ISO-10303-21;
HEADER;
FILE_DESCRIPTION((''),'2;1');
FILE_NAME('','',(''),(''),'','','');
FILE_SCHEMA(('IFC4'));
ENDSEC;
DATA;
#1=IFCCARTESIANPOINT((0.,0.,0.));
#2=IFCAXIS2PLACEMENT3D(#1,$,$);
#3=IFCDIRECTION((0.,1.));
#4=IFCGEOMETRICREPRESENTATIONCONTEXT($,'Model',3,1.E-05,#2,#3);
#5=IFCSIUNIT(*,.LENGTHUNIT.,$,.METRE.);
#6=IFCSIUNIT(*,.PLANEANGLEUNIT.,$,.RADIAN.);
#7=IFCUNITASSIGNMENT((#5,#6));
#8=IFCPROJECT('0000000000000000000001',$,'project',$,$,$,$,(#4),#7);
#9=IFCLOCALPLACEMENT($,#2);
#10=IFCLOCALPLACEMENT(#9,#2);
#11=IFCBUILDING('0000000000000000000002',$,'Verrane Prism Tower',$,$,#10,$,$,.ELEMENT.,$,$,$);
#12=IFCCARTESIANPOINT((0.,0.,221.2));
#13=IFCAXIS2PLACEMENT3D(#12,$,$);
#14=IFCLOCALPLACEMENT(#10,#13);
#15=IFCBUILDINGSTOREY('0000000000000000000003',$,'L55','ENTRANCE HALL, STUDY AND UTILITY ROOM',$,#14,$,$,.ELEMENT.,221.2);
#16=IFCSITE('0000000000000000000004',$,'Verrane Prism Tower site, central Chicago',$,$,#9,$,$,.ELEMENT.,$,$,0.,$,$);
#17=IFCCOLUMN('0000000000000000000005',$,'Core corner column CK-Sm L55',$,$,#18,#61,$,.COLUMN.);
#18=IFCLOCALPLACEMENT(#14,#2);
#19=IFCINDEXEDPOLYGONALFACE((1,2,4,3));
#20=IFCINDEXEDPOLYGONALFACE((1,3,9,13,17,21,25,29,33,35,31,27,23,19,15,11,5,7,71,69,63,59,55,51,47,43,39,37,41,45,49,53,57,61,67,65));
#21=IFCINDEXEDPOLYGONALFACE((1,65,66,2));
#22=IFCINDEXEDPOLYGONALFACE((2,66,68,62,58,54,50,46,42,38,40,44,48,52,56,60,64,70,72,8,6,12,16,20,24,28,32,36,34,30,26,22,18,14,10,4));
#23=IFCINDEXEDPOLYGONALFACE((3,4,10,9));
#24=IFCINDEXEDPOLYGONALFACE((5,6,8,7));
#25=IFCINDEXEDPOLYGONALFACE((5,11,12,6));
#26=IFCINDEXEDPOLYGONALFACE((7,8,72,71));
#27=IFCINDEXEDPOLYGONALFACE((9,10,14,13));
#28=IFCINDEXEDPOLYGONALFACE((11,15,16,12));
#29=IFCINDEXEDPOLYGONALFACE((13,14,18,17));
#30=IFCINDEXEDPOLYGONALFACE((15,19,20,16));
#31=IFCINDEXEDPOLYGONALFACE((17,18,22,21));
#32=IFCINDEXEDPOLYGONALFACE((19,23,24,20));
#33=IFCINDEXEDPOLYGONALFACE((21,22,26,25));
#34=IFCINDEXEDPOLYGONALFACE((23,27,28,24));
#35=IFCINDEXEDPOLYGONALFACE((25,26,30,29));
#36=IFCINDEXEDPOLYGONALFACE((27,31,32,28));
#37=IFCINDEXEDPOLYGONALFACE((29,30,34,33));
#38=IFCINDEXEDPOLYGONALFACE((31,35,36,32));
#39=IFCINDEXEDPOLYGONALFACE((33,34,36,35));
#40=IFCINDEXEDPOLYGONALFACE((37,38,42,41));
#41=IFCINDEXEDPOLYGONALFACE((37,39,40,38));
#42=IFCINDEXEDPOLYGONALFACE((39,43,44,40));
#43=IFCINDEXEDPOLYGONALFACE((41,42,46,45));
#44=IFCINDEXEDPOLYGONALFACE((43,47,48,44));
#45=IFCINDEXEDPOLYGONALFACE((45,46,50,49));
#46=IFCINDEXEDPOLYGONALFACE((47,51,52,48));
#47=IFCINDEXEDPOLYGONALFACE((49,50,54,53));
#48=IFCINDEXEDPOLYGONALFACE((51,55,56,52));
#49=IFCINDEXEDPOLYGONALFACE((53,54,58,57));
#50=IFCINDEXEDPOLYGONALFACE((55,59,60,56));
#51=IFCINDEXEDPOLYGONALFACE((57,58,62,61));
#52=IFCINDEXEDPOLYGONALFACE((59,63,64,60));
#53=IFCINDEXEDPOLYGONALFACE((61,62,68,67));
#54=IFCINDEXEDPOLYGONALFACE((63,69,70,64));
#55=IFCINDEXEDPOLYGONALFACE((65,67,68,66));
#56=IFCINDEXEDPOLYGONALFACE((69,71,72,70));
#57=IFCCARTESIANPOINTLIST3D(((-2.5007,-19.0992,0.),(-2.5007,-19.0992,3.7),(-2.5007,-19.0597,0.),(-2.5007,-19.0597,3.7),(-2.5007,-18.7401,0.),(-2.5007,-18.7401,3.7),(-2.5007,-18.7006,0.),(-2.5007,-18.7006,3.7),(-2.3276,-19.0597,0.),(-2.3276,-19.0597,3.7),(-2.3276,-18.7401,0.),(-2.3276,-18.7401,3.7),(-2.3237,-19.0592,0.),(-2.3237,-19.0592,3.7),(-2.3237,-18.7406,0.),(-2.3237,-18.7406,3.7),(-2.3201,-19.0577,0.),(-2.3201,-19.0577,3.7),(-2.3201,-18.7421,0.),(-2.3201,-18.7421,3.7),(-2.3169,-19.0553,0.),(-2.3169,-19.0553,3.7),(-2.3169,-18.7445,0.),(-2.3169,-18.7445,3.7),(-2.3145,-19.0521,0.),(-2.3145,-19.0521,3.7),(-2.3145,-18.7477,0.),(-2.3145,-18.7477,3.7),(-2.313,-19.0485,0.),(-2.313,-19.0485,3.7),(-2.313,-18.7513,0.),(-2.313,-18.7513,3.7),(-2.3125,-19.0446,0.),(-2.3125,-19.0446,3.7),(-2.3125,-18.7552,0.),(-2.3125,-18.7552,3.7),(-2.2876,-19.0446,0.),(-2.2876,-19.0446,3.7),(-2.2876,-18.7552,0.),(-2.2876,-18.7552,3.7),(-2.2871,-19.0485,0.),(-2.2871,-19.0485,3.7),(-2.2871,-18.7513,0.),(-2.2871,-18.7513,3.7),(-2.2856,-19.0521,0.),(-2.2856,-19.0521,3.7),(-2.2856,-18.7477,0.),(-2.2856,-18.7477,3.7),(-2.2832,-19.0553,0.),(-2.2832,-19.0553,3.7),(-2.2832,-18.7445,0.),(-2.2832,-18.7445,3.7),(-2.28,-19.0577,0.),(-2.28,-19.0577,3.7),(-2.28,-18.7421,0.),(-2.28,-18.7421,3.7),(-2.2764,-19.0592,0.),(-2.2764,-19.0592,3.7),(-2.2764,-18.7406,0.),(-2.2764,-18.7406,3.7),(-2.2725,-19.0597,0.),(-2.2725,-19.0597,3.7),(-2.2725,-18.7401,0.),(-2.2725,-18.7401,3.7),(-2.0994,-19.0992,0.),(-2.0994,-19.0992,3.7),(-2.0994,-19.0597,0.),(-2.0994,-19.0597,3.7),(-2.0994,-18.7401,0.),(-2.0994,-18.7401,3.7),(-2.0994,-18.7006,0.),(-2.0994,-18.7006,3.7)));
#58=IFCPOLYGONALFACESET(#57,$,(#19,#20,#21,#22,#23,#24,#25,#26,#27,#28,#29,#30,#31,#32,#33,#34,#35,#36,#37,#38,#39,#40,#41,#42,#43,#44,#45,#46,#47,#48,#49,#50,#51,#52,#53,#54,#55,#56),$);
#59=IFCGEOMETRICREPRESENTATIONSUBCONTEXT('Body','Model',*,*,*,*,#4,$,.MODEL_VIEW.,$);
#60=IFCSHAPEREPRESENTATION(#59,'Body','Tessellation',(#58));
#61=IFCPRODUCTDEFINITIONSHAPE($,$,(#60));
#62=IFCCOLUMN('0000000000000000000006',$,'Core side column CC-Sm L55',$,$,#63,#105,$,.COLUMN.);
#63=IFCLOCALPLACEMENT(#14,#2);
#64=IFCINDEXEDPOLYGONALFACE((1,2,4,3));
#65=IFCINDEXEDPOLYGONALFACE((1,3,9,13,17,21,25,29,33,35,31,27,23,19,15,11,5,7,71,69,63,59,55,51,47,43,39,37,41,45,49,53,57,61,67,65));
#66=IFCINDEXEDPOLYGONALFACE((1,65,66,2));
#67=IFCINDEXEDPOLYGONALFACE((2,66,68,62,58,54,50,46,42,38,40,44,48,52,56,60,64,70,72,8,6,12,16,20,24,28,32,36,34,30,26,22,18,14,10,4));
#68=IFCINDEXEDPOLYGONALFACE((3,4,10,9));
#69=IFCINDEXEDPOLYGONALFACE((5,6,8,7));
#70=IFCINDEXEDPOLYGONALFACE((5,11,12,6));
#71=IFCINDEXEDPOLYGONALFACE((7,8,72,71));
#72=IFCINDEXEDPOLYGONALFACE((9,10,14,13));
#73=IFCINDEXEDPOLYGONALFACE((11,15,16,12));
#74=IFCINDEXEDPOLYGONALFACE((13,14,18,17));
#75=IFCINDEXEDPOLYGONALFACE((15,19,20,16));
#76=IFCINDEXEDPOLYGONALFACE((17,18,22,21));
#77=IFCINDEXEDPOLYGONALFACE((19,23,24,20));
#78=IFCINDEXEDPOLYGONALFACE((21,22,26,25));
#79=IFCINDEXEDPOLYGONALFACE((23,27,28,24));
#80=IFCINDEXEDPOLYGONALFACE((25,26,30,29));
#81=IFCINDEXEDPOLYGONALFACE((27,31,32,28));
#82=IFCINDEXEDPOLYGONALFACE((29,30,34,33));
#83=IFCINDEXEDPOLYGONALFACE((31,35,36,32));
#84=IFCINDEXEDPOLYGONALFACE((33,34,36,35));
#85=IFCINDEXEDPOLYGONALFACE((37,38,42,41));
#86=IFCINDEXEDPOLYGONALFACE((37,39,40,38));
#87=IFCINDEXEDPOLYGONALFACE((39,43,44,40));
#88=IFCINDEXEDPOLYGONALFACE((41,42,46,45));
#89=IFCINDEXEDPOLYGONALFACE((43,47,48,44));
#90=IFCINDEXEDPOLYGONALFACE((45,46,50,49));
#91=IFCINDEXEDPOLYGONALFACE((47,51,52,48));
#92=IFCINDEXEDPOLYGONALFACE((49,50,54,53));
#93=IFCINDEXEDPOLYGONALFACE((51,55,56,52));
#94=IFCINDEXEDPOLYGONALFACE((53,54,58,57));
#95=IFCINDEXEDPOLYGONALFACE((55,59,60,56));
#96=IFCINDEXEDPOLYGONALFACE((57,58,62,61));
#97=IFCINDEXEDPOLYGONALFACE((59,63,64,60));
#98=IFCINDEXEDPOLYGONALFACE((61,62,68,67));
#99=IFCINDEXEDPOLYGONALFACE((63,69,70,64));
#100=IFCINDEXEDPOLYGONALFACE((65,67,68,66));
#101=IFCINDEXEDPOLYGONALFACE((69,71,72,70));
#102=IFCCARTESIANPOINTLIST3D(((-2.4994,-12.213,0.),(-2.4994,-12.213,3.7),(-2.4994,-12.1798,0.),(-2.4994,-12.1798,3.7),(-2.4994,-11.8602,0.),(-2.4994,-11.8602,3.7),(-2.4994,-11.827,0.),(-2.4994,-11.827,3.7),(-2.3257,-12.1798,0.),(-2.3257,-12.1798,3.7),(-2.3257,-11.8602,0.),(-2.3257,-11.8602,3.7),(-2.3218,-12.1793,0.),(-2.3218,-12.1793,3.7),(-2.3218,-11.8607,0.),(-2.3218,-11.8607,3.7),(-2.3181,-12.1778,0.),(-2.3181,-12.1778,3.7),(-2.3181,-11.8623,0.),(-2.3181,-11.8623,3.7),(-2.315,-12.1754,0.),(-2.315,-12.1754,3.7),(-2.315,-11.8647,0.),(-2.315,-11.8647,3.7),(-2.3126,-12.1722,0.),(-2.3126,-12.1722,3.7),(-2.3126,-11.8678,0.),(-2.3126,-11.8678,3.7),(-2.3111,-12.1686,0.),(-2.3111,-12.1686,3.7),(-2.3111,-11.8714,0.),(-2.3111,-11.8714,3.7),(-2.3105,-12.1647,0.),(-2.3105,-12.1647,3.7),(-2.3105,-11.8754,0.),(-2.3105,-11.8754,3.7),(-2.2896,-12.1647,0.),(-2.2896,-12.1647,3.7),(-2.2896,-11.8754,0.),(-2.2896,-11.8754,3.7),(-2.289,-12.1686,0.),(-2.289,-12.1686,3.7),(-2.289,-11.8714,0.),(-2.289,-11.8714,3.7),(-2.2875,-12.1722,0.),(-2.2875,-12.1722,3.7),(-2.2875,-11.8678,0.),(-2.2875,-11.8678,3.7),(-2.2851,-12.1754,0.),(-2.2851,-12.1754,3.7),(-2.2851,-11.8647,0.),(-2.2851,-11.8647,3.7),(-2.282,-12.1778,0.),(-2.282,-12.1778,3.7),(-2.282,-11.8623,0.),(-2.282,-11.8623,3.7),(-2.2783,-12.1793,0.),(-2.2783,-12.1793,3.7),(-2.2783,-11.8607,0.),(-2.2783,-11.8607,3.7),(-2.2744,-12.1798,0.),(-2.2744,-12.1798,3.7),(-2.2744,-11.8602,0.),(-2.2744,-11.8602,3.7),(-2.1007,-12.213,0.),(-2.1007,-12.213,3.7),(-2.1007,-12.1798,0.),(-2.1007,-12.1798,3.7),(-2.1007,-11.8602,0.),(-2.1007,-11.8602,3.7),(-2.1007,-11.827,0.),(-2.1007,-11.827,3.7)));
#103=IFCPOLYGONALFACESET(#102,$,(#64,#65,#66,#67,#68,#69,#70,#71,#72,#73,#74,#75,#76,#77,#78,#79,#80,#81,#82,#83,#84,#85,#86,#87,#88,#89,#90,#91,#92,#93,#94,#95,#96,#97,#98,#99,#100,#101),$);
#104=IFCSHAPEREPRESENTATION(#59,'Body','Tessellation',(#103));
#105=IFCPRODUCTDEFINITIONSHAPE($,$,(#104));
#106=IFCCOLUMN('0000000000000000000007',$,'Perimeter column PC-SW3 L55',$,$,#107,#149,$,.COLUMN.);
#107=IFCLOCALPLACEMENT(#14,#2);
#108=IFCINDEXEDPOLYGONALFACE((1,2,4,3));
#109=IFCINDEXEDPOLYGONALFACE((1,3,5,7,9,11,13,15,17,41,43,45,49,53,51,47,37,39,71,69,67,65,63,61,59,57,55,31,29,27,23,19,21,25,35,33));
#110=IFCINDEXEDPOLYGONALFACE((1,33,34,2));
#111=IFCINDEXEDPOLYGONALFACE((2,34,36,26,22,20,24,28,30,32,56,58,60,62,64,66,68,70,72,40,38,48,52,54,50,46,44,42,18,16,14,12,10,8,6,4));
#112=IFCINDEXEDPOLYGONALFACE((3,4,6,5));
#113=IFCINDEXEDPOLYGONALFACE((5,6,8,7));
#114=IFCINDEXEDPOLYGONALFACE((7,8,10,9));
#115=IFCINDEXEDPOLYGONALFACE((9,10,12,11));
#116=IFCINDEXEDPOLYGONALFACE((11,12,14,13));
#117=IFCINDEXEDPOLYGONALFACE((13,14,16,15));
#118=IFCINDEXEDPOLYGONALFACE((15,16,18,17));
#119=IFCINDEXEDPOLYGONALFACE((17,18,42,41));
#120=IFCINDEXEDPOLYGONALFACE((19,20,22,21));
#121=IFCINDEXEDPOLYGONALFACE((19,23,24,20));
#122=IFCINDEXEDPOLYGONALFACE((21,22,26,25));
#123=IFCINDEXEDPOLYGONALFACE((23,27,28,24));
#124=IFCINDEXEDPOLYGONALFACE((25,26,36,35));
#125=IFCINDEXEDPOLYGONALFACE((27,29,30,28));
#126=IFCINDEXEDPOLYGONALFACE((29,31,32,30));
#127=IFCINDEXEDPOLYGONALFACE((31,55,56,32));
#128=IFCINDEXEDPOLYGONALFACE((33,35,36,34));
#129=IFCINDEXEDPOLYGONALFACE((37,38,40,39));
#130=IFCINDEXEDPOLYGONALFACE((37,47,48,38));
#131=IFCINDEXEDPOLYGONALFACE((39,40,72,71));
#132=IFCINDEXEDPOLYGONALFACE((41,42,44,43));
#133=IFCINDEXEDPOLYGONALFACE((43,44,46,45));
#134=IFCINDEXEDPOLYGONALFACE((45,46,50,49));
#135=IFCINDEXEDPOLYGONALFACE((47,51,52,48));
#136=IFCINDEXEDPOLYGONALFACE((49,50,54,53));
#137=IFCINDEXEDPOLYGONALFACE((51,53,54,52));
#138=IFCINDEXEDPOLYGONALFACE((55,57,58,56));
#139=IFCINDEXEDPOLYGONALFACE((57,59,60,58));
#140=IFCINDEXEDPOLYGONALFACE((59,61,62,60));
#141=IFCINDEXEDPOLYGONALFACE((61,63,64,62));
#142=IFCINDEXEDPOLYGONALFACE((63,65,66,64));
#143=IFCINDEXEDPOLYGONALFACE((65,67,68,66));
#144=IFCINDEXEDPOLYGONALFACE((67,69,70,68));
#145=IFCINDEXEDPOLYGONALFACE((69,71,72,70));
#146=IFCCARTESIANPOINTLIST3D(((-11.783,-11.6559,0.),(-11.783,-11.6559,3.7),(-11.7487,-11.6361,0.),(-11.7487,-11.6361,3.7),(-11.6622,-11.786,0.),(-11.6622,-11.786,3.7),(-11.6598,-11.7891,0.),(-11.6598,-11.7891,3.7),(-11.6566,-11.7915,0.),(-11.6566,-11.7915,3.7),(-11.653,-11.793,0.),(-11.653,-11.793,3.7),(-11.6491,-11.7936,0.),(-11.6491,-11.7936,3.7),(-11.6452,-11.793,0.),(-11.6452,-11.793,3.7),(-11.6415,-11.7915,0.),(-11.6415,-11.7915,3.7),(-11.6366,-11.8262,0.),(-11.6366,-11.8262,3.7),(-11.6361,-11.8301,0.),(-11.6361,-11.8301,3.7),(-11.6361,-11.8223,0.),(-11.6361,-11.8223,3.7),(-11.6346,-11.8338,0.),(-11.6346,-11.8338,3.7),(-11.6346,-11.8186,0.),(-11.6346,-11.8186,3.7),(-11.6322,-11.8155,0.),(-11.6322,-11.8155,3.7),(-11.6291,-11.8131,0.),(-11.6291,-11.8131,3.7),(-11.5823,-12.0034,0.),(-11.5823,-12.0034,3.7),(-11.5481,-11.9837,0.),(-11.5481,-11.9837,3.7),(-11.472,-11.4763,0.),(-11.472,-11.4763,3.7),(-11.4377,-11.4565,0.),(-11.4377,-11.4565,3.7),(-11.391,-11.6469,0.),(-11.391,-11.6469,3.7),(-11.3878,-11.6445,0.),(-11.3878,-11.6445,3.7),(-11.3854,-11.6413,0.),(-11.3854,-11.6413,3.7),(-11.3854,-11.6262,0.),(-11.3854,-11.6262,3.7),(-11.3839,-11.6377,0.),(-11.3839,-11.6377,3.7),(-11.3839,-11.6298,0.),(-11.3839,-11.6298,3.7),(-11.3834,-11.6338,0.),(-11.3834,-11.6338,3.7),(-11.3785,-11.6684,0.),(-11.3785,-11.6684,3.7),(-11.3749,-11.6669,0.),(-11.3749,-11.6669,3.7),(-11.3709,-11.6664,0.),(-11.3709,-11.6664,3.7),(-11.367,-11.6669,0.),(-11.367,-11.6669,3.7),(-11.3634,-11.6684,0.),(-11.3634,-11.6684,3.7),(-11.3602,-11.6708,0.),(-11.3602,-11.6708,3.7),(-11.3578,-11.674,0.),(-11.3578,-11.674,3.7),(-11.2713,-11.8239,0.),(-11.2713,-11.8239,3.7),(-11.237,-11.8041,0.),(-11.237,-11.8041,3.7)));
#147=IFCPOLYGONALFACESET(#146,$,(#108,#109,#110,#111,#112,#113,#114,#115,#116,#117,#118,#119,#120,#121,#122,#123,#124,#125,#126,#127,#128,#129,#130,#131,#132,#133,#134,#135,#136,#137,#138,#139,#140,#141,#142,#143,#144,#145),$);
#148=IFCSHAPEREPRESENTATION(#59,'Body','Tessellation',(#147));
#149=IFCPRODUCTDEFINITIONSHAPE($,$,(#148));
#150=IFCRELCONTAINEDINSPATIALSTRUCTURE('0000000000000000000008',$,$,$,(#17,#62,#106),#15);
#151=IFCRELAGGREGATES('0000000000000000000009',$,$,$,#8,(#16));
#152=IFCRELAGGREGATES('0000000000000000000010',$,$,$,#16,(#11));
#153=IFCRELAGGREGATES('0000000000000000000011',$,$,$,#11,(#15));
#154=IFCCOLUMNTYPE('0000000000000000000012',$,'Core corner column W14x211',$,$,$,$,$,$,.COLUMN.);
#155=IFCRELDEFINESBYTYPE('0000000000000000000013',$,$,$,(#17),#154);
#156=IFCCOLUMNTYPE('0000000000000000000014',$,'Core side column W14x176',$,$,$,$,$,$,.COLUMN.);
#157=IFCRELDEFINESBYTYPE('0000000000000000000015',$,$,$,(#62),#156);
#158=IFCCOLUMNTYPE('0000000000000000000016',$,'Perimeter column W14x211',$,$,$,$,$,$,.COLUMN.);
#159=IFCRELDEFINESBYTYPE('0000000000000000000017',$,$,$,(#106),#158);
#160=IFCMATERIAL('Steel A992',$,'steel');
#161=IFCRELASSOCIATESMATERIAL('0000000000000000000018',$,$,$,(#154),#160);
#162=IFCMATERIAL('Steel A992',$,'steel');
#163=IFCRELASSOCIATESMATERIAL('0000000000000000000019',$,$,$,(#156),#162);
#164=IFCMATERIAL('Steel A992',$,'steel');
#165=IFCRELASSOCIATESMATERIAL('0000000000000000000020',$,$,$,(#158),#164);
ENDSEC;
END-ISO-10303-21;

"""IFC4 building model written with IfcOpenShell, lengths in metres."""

from ifc_helpers import new_model, si_unit, direction, frame, origin, origin_2d, place, context, subcontext, project, spatial, i_section, extrude, material, material_profile, profile_set, type_object, element, save


model = new_model("IFC4")

# Units and contexts
model_context = context("Model", 3, precision=1e-05, world=origin(), true_north=direction((0.0, 1.0)))
body_context = subcontext(model_context, "Body", "Model", "MODEL_VIEW")
ifc_project = project(units=[si_unit("LENGTHUNIT", "METRE"), si_unit("PLANEANGLEUNIT", "RADIAN")], contexts=[model_context])

# Site, building, storey
site_placement = place(None, origin())
site = spatial("IfcSite", under=ifc_project, at=site_placement, Name="Verrane Prism Tower site, central Chicago", CompositionType="ELEMENT", RefElevation=0.0)
building_placement = place(site_placement, origin())
building = spatial("IfcBuilding", under=site, at=building_placement, Name="Verrane Prism Tower", CompositionType="ELEMENT")
storey_placement = place(building_placement, frame((0.0, 0.0, 221.2)))
storey = spatial("IfcBuildingStorey", under=building, at=storey_placement, Name="L55", Description="ENTRANCE HALL, STUDY AND UTILITY ROOM", CompositionType="ELEMENT", Elevation=221.2)

# Columns
ifc_material_1 = material(Name="Steel A992", Category="steel")
ifc_material_profile_1 = material_profile(ifc_material_1, i_section(OverallWidth=0.4014, OverallDepth=0.3987, WebThickness=0.0249, FlangeThickness=0.0396, FilletRadius=0.0151, at=origin_2d()), Name="W14x211")
ifc_profile_set_1 = profile_set([ifc_material_profile_1], Name="Steel A992")
column_type_1 = type_object("IfcColumnType", Name="Core corner column W14x211", PredefinedType="COLUMN", material=ifc_profile_set_1)
column_1_placement = place(storey_placement, frame((-2.3, -18.8999, 0.0), z_axis=(0.0, 0.0, 1.0), x_axis=(-1.0, 0.0, 0.0)))
element("IfcColumn", 1, at=column_1_placement, inside=storey, type_object=column_type_1, Name="Core corner column CK-Sm L55", PredefinedType="COLUMN", context=body_context, shape_type="SweptSolid", body=[
    extrude(i_section(OverallWidth=0.4014, OverallDepth=0.3987, WebThickness=0.0249, FlangeThickness=0.0396, FilletRadius=0.0151, at=origin_2d()), origin(), (0.0, 0.0, 1.0), 3.7),
])
ifc_material_2 = material(Name="Steel A992", Category="steel")
ifc_material_profile_2 = material_profile(ifc_material_2, i_section(OverallWidth=0.3987, OverallDepth=0.386, WebThickness=0.021, FlangeThickness=0.0332, FilletRadius=0.0151, at=origin_2d()), Name="W14x176")
ifc_profile_set_2 = profile_set([ifc_material_profile_2], Name="Steel A992")
column_type_2 = type_object("IfcColumnType", Name="Core side column W14x176", PredefinedType="COLUMN", material=ifc_profile_set_2)
column_2_placement = place(storey_placement, frame((-2.3, -12.02, 0.0), z_axis=(0.0, 0.0, 1.0), x_axis=(1.0, 0.0, 0.0)))
element("IfcColumn", 2, at=column_2_placement, inside=storey, type_object=column_type_2, Name="Core side column CC-Sm L55", PredefinedType="COLUMN", context=body_context, shape_type="SweptSolid", body=[
    extrude(i_section(OverallWidth=0.3987, OverallDepth=0.386, WebThickness=0.021, FlangeThickness=0.0332, FilletRadius=0.0151, at=origin_2d()), origin(), (0.0, 0.0, 1.0), 3.7),
])
ifc_material_3 = material(Name="Steel A992", Category="steel")
ifc_material_profile_3 = material_profile(ifc_material_3, i_section(OverallWidth=0.4014, OverallDepth=0.3987, WebThickness=0.0249, FlangeThickness=0.0396, FilletRadius=0.0151, at=origin_2d()), Name="W14x211")
ifc_profile_set_3 = profile_set([ifc_material_profile_3], Name="Steel A992")
column_type_3 = type_object("IfcColumnType", Name="Perimeter column W14x211", PredefinedType="COLUMN", material=ifc_profile_set_3)
column_3_placement = place(storey_placement, frame((-11.51, -11.73, 0.0), z_axis=(0.0, 0.0, 1.0), x_axis=(-0.5, 0.866025, 0.0)))
element("IfcColumn", 3, at=column_3_placement, inside=storey, type_object=column_type_3, Name="Perimeter column PC-SW3 L55", PredefinedType="COLUMN", context=body_context, shape_type="SweptSolid", body=[
    extrude(i_section(OverallWidth=0.4014, OverallDepth=0.3987, WebThickness=0.0249, FlangeThickness=0.0396, FilletRadius=0.0151, at=origin_2d()), origin(), (0.0, 0.0, 1.0), 3.7),
])

save(model, "model.ifc")
